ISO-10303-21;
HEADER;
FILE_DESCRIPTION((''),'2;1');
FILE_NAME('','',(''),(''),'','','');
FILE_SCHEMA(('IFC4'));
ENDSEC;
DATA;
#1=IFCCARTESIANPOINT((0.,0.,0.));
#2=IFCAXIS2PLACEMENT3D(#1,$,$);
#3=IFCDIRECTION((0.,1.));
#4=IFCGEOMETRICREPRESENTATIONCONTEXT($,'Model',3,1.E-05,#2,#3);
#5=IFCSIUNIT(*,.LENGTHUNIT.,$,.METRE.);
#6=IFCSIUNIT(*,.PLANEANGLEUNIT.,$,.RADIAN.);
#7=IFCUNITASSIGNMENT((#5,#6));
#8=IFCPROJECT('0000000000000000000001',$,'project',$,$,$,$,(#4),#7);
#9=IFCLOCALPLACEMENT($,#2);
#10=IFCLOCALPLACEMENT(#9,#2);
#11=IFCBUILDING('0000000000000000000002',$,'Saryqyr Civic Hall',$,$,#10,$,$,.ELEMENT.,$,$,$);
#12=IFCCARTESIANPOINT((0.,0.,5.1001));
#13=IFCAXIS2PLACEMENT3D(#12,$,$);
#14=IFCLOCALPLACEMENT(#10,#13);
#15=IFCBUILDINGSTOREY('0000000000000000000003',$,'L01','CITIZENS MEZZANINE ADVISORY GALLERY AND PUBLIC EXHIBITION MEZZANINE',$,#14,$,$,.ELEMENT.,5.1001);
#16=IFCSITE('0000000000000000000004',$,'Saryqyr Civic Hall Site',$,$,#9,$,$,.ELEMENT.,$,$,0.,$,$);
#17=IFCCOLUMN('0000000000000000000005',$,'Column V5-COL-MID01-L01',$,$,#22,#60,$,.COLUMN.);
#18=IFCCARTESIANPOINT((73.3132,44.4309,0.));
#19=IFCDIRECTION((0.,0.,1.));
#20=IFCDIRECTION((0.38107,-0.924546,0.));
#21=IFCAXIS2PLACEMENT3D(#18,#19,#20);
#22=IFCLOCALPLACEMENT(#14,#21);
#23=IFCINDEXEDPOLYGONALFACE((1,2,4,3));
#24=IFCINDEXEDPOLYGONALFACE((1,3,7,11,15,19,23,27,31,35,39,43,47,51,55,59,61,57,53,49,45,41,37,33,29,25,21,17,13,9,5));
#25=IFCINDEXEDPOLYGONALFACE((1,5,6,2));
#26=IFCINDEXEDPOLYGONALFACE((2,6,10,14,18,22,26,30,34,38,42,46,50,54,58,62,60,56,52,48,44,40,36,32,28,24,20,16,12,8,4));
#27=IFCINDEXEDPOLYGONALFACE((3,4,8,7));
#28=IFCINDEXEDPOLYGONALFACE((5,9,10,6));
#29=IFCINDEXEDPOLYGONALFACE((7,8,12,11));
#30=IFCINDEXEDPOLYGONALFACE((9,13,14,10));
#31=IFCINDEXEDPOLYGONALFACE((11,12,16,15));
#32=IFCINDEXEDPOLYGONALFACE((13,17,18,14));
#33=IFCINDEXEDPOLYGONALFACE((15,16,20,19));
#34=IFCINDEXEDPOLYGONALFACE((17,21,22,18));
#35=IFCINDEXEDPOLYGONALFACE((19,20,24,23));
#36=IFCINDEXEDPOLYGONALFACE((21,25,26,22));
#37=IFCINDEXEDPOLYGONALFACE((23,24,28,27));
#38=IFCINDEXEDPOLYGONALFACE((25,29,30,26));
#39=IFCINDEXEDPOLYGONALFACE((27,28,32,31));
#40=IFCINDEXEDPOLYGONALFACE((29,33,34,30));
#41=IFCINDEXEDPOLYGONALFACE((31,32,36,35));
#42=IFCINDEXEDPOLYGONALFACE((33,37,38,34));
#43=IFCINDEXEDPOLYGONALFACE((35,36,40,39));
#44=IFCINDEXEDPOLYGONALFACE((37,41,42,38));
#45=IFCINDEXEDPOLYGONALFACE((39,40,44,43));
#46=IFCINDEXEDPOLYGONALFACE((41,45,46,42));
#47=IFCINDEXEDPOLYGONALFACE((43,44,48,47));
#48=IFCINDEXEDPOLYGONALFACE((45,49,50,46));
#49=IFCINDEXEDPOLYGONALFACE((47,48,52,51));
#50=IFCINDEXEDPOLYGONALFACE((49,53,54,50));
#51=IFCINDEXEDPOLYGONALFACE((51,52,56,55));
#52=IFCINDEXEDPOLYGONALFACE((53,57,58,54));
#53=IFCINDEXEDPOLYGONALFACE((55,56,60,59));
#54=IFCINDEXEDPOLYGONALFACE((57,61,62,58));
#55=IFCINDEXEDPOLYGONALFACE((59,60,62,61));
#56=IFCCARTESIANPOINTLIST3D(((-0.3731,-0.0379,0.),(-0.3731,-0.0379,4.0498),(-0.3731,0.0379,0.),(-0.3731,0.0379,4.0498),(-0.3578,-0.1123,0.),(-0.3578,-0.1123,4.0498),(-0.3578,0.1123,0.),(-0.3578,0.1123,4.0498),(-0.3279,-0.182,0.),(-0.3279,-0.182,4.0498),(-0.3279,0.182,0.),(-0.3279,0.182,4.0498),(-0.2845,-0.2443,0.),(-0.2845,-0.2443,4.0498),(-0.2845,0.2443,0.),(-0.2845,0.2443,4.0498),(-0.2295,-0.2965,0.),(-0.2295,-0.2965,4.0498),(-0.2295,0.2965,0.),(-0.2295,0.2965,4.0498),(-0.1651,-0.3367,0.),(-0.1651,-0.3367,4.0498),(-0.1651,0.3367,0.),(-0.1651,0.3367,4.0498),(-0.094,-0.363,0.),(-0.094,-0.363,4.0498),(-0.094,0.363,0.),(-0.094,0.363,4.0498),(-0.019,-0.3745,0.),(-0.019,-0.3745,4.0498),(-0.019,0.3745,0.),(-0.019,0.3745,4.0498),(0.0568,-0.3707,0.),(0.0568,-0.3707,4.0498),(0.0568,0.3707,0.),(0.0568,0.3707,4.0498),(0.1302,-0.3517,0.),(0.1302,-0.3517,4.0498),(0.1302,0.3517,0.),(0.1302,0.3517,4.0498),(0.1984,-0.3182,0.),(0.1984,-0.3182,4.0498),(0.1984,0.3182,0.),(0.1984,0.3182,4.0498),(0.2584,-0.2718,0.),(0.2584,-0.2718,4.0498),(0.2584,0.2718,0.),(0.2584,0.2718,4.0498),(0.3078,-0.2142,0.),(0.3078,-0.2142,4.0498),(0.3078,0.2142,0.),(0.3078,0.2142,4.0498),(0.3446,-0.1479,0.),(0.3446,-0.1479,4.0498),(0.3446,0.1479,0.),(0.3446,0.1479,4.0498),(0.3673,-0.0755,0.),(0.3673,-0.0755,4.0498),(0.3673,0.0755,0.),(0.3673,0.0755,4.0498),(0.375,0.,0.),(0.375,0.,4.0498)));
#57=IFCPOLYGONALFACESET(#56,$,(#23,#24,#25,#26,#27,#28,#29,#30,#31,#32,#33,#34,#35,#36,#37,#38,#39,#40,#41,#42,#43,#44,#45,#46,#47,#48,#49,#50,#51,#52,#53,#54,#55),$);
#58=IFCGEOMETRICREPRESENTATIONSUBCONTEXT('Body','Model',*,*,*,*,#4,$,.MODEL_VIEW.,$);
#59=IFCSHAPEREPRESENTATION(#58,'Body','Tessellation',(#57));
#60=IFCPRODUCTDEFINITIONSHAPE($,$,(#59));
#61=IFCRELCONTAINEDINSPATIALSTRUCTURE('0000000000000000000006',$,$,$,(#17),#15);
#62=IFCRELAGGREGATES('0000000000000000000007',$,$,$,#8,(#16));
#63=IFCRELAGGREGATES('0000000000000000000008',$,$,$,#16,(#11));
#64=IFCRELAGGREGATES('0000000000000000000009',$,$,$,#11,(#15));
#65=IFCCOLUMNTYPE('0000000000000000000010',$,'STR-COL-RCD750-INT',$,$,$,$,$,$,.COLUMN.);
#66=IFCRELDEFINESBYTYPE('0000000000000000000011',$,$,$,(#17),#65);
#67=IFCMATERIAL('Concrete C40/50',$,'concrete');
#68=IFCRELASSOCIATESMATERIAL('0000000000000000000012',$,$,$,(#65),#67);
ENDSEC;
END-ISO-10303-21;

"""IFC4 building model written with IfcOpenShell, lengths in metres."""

from ifc_helpers import new_model, si_unit, direction, frame, origin, origin_2d, place, context, subcontext, project, spatial, circle, extrude, material, material_profile, profile_set, type_object, element, save


model = new_model("IFC4")

# Units and contexts
model_context = context("Model", 3, precision=1e-05, world=origin(), true_north=direction((0.0, 1.0)))
body_context = subcontext(model_context, "Body", "Model", "MODEL_VIEW")
ifc_project = project(units=[si_unit("LENGTHUNIT", "METRE"), si_unit("PLANEANGLEUNIT", "RADIAN")], contexts=[model_context])

# Site, building, storey
site_placement = place(None, origin())
site = spatial("IfcSite", under=ifc_project, at=site_placement, Name="Saryqyr Civic Hall Site", CompositionType="ELEMENT", RefElevation=0.0)
building_placement = place(site_placement, origin())
building = spatial("IfcBuilding", under=site, at=building_placement, Name="Saryqyr Civic Hall", CompositionType="ELEMENT")
storey_placement = place(building_placement, frame((0.0, 0.0, 5.1001)))
storey = spatial("IfcBuildingStorey", under=building, at=storey_placement, Name="L01", Description="CITIZENS MEZZANINE ADVISORY GALLERY AND PUBLIC EXHIBITION MEZZANINE", CompositionType="ELEMENT", Elevation=5.1001)

# Column
ifc_material_1 = material(Name="Concrete C40/50", Category="concrete")
ifc_material_profile_1 = material_profile(ifc_material_1, circle(Radius=0.375, at=origin_2d()), Name="RC D750")
ifc_profile_set_1 = profile_set([ifc_material_profile_1], Name="Concrete C40/50")
column_type_1 = type_object("IfcColumnType", Name="STR-COL-RCD750-INT", PredefinedType="COLUMN", material=ifc_profile_set_1)
column_1_placement = place(storey_placement, frame((73.3132, 44.4309, 0.0), z_axis=(0.0, 0.0, 1.0), x_axis=(0.38107, -0.924546, 0.0)))
element("IfcColumn", 1, at=column_1_placement, inside=storey, type_object=column_type_1, Name="Column V5-COL-MID01-L01", PredefinedType="COLUMN", context=body_context, shape_type="SweptSolid", body=[
    extrude(circle(Radius=0.375, at=origin_2d()), origin(), (0.0, 0.0, 1.0), 4.0498),
])

save(model, "model.ifc")
